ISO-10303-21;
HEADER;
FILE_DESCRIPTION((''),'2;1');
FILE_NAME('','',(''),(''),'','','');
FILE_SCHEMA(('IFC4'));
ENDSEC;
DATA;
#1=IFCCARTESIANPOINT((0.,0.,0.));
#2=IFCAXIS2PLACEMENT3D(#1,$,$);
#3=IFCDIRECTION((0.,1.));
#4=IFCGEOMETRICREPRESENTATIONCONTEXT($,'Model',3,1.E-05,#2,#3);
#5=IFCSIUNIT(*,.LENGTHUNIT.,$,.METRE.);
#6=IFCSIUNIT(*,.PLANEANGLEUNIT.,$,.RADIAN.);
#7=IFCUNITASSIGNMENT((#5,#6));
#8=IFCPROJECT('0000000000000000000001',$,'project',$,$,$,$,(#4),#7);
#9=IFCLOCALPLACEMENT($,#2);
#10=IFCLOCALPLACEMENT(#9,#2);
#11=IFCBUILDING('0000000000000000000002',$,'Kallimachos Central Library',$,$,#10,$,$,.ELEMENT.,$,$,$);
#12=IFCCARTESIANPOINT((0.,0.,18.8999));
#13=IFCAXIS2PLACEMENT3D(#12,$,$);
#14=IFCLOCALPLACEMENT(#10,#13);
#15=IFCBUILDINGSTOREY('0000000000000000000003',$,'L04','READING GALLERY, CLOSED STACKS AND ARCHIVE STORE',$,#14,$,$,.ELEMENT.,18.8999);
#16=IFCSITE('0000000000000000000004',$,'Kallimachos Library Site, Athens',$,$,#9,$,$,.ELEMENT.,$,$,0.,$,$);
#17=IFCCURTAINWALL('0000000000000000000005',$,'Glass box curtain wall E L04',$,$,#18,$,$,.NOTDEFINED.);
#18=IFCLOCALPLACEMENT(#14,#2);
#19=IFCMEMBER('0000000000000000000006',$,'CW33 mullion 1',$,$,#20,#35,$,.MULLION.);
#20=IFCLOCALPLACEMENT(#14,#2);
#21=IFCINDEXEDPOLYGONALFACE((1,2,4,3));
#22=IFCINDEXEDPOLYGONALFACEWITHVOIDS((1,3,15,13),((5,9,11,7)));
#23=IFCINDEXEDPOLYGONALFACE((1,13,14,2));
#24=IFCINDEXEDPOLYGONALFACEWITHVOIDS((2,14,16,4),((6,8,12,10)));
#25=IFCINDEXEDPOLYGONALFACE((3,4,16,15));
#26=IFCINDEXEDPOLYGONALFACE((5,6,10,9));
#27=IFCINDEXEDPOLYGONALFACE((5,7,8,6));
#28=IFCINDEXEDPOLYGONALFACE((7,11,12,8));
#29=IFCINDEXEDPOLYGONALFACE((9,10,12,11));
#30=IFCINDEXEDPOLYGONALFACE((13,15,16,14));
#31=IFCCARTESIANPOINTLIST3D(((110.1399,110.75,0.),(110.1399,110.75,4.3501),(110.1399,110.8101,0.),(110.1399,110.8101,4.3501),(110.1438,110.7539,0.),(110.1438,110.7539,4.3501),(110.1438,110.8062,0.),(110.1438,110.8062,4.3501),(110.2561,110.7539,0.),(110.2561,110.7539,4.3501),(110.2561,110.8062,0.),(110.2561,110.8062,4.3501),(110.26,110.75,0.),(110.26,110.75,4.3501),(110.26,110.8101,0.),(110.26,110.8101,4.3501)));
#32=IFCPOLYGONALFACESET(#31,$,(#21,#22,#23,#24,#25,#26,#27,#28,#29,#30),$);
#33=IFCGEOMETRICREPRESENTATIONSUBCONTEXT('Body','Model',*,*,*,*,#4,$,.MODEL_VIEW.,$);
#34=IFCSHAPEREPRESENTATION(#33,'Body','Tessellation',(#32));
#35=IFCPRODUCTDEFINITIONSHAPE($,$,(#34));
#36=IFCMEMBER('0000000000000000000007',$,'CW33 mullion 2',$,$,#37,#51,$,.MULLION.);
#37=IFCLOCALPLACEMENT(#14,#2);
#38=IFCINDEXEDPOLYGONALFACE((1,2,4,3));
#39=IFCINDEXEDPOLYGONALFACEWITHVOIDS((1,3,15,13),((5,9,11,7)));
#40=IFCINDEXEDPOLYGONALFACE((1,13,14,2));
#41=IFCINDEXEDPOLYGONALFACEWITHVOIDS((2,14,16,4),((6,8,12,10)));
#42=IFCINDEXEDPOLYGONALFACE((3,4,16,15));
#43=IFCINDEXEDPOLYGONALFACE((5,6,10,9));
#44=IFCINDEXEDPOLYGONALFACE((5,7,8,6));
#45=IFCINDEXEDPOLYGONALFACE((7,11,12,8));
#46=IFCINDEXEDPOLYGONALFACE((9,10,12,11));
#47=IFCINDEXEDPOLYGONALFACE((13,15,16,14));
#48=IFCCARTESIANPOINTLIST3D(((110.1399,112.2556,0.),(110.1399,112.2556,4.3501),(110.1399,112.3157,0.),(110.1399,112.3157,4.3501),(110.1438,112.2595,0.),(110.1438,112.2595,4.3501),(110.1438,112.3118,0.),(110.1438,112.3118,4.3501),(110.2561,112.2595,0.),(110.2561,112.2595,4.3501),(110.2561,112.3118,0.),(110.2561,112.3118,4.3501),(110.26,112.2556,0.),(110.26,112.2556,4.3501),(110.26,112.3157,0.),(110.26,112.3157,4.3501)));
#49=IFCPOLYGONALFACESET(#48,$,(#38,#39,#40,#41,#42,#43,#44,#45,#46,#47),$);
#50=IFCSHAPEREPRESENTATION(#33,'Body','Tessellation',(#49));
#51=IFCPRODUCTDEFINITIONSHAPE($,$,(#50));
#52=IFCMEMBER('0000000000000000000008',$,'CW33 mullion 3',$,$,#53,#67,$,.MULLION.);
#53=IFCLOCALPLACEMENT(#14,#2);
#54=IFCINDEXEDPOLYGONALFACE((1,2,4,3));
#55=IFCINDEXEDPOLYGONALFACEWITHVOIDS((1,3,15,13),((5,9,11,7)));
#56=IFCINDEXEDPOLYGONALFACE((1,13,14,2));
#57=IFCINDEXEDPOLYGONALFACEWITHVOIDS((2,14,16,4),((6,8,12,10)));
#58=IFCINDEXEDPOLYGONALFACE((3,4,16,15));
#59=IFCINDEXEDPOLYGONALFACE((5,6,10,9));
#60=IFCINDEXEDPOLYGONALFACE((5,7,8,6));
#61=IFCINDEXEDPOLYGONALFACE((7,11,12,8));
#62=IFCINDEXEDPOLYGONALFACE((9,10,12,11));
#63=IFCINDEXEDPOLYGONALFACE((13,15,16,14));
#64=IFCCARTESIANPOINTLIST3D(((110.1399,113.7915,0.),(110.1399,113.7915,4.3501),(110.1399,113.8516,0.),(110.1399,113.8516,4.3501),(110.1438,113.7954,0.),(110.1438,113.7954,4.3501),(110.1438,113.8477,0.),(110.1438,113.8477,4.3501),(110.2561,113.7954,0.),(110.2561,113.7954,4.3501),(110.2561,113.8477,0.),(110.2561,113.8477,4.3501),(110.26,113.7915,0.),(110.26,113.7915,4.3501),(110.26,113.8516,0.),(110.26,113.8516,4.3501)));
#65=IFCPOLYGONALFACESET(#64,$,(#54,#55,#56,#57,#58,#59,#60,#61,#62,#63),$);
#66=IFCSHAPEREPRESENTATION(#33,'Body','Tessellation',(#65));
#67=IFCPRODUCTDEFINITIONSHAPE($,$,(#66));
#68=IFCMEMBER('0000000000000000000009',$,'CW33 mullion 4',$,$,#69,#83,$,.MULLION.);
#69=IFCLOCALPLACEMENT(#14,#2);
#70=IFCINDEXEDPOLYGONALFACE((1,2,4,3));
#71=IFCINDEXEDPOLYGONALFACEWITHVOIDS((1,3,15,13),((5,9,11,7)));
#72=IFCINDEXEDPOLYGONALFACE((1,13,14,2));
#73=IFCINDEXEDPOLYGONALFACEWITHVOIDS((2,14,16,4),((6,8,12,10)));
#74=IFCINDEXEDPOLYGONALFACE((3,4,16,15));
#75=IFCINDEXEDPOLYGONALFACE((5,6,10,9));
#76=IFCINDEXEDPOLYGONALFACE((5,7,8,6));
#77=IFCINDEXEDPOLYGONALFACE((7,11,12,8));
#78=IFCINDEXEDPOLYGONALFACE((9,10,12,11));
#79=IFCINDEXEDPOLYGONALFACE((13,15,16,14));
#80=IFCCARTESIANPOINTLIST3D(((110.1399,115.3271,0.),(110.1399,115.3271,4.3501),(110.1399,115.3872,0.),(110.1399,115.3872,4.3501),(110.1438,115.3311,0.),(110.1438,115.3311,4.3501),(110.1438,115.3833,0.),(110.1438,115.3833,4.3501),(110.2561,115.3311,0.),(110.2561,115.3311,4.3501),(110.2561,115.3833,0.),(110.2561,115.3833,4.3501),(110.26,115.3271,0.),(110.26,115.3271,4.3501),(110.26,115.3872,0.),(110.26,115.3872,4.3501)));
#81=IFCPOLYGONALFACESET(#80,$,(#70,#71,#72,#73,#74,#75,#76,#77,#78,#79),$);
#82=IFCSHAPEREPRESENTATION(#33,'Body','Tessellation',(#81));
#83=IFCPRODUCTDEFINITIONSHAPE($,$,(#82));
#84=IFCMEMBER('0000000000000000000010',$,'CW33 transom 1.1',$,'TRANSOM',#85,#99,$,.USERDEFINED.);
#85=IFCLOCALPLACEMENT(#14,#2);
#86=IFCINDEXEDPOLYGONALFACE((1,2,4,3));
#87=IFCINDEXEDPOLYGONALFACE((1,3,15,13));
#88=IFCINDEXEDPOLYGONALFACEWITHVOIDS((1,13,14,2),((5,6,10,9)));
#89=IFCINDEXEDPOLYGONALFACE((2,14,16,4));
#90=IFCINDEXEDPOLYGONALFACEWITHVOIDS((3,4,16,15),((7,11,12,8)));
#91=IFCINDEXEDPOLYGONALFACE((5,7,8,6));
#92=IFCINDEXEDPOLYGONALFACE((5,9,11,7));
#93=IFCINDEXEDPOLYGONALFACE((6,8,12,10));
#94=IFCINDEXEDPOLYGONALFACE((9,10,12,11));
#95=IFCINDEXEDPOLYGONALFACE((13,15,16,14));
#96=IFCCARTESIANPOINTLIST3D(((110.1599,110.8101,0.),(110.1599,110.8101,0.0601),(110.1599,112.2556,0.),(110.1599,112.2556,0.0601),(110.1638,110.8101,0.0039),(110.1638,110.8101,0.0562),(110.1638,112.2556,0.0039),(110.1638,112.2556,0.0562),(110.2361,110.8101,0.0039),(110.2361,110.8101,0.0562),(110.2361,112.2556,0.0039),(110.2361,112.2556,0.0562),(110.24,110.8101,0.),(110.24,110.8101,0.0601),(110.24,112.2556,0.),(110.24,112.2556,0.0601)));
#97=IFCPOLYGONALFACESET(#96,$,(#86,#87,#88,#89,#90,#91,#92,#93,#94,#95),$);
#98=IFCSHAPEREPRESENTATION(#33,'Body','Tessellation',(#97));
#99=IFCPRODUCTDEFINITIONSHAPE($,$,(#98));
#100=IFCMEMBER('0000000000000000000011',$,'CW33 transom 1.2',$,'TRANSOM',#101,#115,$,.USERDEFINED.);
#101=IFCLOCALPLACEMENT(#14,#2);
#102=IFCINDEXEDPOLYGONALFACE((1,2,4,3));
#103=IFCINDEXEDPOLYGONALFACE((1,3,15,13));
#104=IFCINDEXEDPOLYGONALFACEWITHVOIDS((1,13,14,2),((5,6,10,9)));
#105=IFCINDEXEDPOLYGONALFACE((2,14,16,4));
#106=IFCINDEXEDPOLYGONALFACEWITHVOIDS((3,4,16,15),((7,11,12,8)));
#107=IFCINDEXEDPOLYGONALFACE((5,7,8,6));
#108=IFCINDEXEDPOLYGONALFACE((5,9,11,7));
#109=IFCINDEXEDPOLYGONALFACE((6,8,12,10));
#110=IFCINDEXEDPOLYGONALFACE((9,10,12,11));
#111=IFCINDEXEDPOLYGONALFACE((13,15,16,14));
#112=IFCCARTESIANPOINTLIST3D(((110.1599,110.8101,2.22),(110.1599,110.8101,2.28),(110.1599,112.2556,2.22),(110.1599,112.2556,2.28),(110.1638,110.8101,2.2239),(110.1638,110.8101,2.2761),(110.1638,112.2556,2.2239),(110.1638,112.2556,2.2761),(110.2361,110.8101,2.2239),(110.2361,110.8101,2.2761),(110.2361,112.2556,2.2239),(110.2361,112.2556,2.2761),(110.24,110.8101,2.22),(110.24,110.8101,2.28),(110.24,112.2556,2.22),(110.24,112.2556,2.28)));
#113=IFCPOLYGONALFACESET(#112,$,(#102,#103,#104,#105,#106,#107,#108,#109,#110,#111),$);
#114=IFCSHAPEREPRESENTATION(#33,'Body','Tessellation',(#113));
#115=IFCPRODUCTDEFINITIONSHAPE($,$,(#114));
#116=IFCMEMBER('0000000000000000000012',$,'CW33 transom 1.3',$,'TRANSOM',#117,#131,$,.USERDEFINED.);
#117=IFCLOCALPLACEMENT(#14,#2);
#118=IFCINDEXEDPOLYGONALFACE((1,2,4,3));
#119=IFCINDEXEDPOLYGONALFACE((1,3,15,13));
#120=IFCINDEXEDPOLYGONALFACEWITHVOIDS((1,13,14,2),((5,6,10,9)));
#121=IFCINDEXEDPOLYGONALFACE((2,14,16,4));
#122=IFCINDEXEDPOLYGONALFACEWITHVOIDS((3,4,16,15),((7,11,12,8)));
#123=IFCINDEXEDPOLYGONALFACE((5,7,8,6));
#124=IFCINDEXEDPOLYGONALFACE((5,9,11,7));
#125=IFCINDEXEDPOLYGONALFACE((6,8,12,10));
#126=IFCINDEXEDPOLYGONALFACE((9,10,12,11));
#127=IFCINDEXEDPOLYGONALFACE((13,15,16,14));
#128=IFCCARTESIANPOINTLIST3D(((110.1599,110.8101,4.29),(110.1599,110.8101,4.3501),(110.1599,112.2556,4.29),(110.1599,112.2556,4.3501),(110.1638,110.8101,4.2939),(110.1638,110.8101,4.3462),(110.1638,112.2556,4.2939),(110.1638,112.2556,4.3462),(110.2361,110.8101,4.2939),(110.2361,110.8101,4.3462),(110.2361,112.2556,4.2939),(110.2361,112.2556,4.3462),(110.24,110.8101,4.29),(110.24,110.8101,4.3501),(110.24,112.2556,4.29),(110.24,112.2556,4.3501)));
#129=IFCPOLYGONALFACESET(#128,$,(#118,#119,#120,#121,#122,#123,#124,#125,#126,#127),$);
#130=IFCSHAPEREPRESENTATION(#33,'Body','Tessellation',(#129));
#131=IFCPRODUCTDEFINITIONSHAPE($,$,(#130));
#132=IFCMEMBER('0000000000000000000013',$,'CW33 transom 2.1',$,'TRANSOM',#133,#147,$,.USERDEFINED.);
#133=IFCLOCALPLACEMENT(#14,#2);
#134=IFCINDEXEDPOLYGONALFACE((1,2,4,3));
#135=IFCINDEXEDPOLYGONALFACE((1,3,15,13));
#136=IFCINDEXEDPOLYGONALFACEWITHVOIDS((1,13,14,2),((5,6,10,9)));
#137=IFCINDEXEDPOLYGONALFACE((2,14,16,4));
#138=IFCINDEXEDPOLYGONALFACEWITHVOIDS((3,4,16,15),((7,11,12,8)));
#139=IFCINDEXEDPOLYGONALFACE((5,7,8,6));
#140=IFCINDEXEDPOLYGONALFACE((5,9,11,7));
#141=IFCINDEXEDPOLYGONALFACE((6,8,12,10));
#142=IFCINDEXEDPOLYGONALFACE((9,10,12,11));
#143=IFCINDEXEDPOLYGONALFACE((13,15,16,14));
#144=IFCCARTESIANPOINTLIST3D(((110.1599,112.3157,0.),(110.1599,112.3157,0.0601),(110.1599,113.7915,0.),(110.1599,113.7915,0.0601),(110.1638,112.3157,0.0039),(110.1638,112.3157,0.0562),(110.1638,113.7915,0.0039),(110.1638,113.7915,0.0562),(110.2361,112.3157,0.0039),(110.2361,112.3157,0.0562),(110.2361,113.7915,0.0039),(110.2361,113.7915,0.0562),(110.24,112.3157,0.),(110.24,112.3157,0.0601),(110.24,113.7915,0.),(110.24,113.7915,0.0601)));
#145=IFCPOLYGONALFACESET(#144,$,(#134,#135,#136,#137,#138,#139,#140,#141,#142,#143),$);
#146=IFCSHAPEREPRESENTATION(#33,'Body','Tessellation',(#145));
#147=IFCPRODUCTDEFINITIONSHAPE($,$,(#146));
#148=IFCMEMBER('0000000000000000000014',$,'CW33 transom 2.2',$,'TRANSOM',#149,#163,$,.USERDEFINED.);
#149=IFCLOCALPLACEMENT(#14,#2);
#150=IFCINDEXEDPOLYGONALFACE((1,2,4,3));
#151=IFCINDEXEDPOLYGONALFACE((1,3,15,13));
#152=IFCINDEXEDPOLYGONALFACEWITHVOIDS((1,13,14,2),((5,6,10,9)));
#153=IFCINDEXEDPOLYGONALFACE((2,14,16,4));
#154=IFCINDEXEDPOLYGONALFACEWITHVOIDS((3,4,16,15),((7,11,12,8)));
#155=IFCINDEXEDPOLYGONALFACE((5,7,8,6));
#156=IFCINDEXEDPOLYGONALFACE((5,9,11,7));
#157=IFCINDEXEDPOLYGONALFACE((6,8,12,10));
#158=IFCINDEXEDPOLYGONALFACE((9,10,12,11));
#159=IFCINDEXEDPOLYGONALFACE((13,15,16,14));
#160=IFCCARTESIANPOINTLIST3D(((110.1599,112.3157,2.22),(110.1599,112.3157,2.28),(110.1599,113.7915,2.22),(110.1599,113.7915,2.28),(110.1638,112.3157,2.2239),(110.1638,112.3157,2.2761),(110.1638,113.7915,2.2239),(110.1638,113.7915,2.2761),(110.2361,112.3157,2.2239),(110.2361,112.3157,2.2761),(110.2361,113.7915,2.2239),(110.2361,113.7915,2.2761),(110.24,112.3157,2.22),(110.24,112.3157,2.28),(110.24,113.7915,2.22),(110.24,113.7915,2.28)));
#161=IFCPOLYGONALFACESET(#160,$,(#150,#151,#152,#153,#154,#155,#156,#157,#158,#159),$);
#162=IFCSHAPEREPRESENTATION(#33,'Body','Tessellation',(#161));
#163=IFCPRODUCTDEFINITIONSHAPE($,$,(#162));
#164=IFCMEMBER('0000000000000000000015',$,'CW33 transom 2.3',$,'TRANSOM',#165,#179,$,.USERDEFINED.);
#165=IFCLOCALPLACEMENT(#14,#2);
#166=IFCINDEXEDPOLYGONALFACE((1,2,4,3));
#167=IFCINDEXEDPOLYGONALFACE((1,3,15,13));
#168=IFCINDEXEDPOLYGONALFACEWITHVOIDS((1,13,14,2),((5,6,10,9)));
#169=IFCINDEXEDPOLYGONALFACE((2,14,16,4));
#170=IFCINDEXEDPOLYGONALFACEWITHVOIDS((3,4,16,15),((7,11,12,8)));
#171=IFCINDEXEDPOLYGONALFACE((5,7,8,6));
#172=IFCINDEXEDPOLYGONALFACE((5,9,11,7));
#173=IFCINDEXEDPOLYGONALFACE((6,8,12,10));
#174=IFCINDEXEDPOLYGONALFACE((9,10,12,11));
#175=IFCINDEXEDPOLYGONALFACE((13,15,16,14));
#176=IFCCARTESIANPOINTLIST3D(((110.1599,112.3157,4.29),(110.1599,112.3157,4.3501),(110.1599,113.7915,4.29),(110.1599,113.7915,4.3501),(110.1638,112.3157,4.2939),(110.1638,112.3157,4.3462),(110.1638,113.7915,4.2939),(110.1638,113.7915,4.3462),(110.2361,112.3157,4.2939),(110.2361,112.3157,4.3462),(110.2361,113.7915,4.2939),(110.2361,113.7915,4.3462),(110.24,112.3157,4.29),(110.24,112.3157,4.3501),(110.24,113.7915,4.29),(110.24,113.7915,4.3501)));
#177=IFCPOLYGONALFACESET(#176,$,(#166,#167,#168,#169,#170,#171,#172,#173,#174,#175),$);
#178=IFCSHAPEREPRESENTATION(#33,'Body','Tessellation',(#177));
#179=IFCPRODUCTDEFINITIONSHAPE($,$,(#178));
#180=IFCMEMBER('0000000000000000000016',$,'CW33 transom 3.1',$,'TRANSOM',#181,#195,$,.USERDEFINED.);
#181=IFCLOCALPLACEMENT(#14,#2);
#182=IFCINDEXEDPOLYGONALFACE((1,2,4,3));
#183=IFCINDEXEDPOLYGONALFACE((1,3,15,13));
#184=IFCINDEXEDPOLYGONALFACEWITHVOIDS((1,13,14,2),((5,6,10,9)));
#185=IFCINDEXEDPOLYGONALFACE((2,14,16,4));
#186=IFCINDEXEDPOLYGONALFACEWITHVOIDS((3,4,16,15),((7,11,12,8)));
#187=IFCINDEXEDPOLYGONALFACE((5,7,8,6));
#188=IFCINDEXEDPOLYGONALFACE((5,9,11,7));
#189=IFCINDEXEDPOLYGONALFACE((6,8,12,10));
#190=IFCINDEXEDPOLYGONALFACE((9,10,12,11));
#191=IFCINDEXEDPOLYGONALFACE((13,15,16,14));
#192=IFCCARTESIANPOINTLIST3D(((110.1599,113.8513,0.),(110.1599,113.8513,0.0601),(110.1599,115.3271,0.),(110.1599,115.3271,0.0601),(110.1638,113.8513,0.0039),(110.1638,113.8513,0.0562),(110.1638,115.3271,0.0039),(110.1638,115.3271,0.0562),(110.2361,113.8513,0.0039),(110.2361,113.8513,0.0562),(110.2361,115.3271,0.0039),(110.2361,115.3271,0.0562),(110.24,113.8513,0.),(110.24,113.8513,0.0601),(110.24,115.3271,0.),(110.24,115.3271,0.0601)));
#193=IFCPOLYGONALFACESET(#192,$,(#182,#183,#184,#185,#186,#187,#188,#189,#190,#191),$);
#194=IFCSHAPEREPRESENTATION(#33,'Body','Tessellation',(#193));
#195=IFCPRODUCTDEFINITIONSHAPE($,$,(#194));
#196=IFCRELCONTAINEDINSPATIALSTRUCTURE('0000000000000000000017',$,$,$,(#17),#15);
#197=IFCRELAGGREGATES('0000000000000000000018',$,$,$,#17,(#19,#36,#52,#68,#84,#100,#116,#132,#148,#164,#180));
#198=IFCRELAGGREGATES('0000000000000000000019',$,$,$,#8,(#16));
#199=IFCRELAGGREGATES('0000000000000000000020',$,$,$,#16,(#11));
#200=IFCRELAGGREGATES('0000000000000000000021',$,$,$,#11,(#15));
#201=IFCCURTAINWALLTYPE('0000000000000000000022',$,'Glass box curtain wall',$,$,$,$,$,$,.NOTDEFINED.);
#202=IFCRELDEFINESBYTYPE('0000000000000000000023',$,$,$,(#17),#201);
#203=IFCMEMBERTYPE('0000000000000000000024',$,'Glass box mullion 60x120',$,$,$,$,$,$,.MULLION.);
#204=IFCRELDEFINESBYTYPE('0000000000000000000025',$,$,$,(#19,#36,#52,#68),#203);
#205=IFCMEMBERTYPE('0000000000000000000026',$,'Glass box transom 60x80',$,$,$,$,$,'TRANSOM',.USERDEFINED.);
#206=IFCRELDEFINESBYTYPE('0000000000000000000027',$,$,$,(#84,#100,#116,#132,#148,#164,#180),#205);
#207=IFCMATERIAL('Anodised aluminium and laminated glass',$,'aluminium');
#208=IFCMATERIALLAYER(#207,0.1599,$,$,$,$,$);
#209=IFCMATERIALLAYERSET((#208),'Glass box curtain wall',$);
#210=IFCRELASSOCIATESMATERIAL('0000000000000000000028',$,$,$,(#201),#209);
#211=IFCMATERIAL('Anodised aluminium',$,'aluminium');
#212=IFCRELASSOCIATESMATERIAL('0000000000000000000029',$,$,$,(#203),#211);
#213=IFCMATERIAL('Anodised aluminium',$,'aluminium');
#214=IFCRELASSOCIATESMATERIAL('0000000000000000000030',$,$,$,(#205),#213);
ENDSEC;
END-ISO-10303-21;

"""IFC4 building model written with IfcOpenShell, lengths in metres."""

from ifc_helpers import new_model, si_unit, direction, frame, origin, origin_2d, place, context, subcontext, project, spatial, hollow_rectangle, extrude, material, layer, layer_set, material_profile, profile_set, type_object, element, aggregate, save


model = new_model("IFC4")

# Units and contexts
model_context = context("Model", 3, precision=1e-05, world=origin(), true_north=direction((0.0, 1.0)))
body_context = subcontext(model_context, "Body", "Model", "MODEL_VIEW")
ifc_project = project(units=[si_unit("LENGTHUNIT", "METRE"), si_unit("PLANEANGLEUNIT", "RADIAN")], contexts=[model_context])

# Site, building, storey
site_placement = place(None, origin())
site = spatial("IfcSite", under=ifc_project, at=site_placement, Name="Kallimachos Library Site, Athens", CompositionType="ELEMENT", RefElevation=0.0)
building_placement = place(site_placement, origin())
building = spatial("IfcBuilding", under=site, at=building_placement, Name="Kallimachos Central Library", CompositionType="ELEMENT")
storey_placement = place(building_placement, frame((0.0, 0.0, 18.8999)))
storey = spatial("IfcBuildingStorey", under=building, at=storey_placement, Name="L04", Description="READING GALLERY, CLOSED STACKS AND ARCHIVE STORE", CompositionType="ELEMENT", Elevation=18.8999)

# Curtain wall, members
ifc_material_1 = material(Name="Anodised aluminium and laminated glass", Category="aluminium")
ifc_layer_1 = layer(ifc_material_1, 0.1599)
ifc_layer_set_1 = layer_set([ifc_layer_1], Name="Glass box curtain wall")
curtain_wall_type = type_object("IfcCurtainWallType", Name="Glass box curtain wall", PredefinedType="NOTDEFINED", material=ifc_layer_set_1)
curtain_wall_placement = place(storey_placement, origin())
curtain_wall = element("IfcCurtainWall", 1, at=curtain_wall_placement, inside=storey, type_object=curtain_wall_type, Name="Glass box curtain wall E L04", PredefinedType="NOTDEFINED")
ifc_material_2 = material(Name="Anodised aluminium", Category="aluminium")
ifc_material_profile_1 = material_profile(ifc_material_2, hollow_rectangle(XDim=0.0601, YDim=0.1201, WallThickness=0.0039, at=origin_2d()), Name="ALU MULLION 60x120")
ifc_profile_set_1 = profile_set([ifc_material_profile_1], Name="Anodised aluminium")
member_type_1 = type_object("IfcMemberType", Name="Glass box mullion 60x120", PredefinedType="MULLION", material=ifc_profile_set_1)
member_1_placement = place(storey_placement, frame((110.2, 110.78, 0.0), z_axis=(0.0, 0.0, 1.0), x_axis=(0.0, 1.0, 0.0)))
member_1 = element("IfcMember", 2, at=member_1_placement, type_object=member_type_1, Name="CW33 mullion 1", PredefinedType="MULLION", context=body_context, shape_type="SweptSolid", body=[
    extrude(hollow_rectangle(XDim=0.0601, YDim=0.1201, WallThickness=0.0039, at=origin_2d()), origin(), (0.0, 0.0, 1.0), 4.3501),
])
member_2_placement = place(storey_placement, frame((110.2, 112.2856, 0.0), z_axis=(0.0, 0.0, 1.0), x_axis=(0.0, 1.0, 0.0)))
member_2 = element("IfcMember", 3, at=member_2_placement, type_object=member_type_1, Name="CW33 mullion 2", PredefinedType="MULLION", context=body_context, shape_type="SweptSolid", body=[
    extrude(hollow_rectangle(XDim=0.0601, YDim=0.1201, WallThickness=0.0039, at=origin_2d()), origin(), (0.0, 0.0, 1.0), 4.3501),
])
member_3_placement = place(storey_placement, frame((110.2, 113.8215, 0.0), z_axis=(0.0, 0.0, 1.0), x_axis=(0.0, 1.0, 0.0)))
member_3 = element("IfcMember", 4, at=member_3_placement, type_object=member_type_1, Name="CW33 mullion 3", PredefinedType="MULLION", context=body_context, shape_type="SweptSolid", body=[
    extrude(hollow_rectangle(XDim=0.0601, YDim=0.1201, WallThickness=0.0039, at=origin_2d()), origin(), (0.0, 0.0, 1.0), 4.3501),
])
member_4_placement = place(storey_placement, frame((110.2, 115.3572, 0.0), z_axis=(0.0, 0.0, 1.0), x_axis=(0.0, 1.0, 0.0)))
member_4 = element("IfcMember", 5, at=member_4_placement, type_object=member_type_1, Name="CW33 mullion 4", PredefinedType="MULLION", context=body_context, shape_type="SweptSolid", body=[
    extrude(hollow_rectangle(XDim=0.0601, YDim=0.1201, WallThickness=0.0039, at=origin_2d()), origin(), (0.0, 0.0, 1.0), 4.3501),
])
ifc_material_3 = material(Name="Anodised aluminium", Category="aluminium")
ifc_material_profile_2 = material_profile(ifc_material_3, hollow_rectangle(XDim=0.0601, YDim=0.0801, WallThickness=0.0039, at=origin_2d()), Name="ALU TRANSOM 60x80")
ifc_profile_set_2 = profile_set([ifc_material_profile_2], Name="Anodised aluminium")
member_type_2 = type_object("IfcMemberType", Name="Glass box transom 60x80", ElementType="TRANSOM", PredefinedType="USERDEFINED", material=ifc_profile_set_2)
member_5_placement = place(storey_placement, frame((110.2, 110.8101, 0.03), z_axis=(0.0, 1.0, 0.0), x_axis=(0.0, 0.0, 1.0)))
member_5 = element("IfcMember", 6, at=member_5_placement, type_object=member_type_2, Name="CW33 transom 1.1", ObjectType="TRANSOM", PredefinedType="USERDEFINED", context=body_context, shape_type="SweptSolid", body=[
    extrude(hollow_rectangle(XDim=0.0601, YDim=0.0801, WallThickness=0.0039, at=origin_2d()), origin(), (0.0, 0.0, 1.0), 1.4456),
])
member_6_placement = place(storey_placement, frame((110.2, 110.8101, 2.25), z_axis=(0.0, 1.0, 0.0), x_axis=(0.0, 0.0, 1.0)))
member_6 = element("IfcMember", 7, at=member_6_placement, type_object=member_type_2, Name="CW33 transom 1.2", ObjectType="TRANSOM", PredefinedType="USERDEFINED", context=body_context, shape_type="SweptSolid", body=[
    extrude(hollow_rectangle(XDim=0.0601, YDim=0.0801, WallThickness=0.0039, at=origin_2d()), origin(), (0.0, 0.0, 1.0), 1.4456),
])
member_7_placement = place(storey_placement, frame((110.2, 110.8101, 4.3201), z_axis=(0.0, 1.0, 0.0), x_axis=(0.0, 0.0, 1.0)))
member_7 = element("IfcMember", 8, at=member_7_placement, type_object=member_type_2, Name="CW33 transom 1.3", ObjectType="TRANSOM", PredefinedType="USERDEFINED", context=body_context, shape_type="SweptSolid", body=[
    extrude(hollow_rectangle(XDim=0.0601, YDim=0.0801, WallThickness=0.0039, at=origin_2d()), origin(), (0.0, 0.0, 1.0), 1.4456),
])
member_8_placement = place(storey_placement, frame((110.2, 112.3157, 0.03), z_axis=(0.0, 1.0, 0.0), x_axis=(0.0, 0.0, 1.0)))
member_8 = element("IfcMember", 9, at=member_8_placement, type_object=member_type_2, Name="CW33 transom 2.1", ObjectType="TRANSOM", PredefinedType="USERDEFINED", context=body_context, shape_type="SweptSolid", body=[
    extrude(hollow_rectangle(XDim=0.0601, YDim=0.0801, WallThickness=0.0039, at=origin_2d()), origin(), (0.0, 0.0, 1.0), 1.4758),
])
member_9_placement = place(storey_placement, frame((110.2, 112.3157, 2.25), z_axis=(0.0, 1.0, 0.0), x_axis=(0.0, 0.0, 1.0)))
member_9 = element("IfcMember", 10, at=member_9_placement, type_object=member_type_2, Name="CW33 transom 2.2", ObjectType="TRANSOM", PredefinedType="USERDEFINED", context=body_context, shape_type="SweptSolid", body=[
    extrude(hollow_rectangle(XDim=0.0601, YDim=0.0801, WallThickness=0.0039, at=origin_2d()), origin(), (0.0, 0.0, 1.0), 1.4758),
])
member_10_placement = place(storey_placement, frame((110.2, 112.3157, 4.3201), z_axis=(0.0, 1.0, 0.0), x_axis=(0.0, 0.0, 1.0)))
member_10 = element("IfcMember", 11, at=member_10_placement, type_object=member_type_2, Name="CW33 transom 2.3", ObjectType="TRANSOM", PredefinedType="USERDEFINED", context=body_context, shape_type="SweptSolid", body=[
    extrude(hollow_rectangle(XDim=0.0601, YDim=0.0801, WallThickness=0.0039, at=origin_2d()), origin(), (0.0, 0.0, 1.0), 1.4758),
])
member_11_placement = place(storey_placement, frame((110.2, 113.8513, 0.03), z_axis=(0.0, 1.0, 0.0), x_axis=(0.0, 0.0, 1.0)))
member_11 = element("IfcMember", 12, at=member_11_placement, type_object=member_type_2, Name="CW33 transom 3.1", ObjectType="TRANSOM", PredefinedType="USERDEFINED", context=body_context, shape_type="SweptSolid", body=[
    extrude(hollow_rectangle(XDim=0.0601, YDim=0.0801, WallThickness=0.0039, at=origin_2d()), origin(), (0.0, 0.0, 1.0), 1.4758),
])
aggregate(curtain_wall, [member_1, member_2, member_3, member_4, member_5, member_6, member_7, member_8, member_9, member_10, member_11])

save(model, "model.ifc")
